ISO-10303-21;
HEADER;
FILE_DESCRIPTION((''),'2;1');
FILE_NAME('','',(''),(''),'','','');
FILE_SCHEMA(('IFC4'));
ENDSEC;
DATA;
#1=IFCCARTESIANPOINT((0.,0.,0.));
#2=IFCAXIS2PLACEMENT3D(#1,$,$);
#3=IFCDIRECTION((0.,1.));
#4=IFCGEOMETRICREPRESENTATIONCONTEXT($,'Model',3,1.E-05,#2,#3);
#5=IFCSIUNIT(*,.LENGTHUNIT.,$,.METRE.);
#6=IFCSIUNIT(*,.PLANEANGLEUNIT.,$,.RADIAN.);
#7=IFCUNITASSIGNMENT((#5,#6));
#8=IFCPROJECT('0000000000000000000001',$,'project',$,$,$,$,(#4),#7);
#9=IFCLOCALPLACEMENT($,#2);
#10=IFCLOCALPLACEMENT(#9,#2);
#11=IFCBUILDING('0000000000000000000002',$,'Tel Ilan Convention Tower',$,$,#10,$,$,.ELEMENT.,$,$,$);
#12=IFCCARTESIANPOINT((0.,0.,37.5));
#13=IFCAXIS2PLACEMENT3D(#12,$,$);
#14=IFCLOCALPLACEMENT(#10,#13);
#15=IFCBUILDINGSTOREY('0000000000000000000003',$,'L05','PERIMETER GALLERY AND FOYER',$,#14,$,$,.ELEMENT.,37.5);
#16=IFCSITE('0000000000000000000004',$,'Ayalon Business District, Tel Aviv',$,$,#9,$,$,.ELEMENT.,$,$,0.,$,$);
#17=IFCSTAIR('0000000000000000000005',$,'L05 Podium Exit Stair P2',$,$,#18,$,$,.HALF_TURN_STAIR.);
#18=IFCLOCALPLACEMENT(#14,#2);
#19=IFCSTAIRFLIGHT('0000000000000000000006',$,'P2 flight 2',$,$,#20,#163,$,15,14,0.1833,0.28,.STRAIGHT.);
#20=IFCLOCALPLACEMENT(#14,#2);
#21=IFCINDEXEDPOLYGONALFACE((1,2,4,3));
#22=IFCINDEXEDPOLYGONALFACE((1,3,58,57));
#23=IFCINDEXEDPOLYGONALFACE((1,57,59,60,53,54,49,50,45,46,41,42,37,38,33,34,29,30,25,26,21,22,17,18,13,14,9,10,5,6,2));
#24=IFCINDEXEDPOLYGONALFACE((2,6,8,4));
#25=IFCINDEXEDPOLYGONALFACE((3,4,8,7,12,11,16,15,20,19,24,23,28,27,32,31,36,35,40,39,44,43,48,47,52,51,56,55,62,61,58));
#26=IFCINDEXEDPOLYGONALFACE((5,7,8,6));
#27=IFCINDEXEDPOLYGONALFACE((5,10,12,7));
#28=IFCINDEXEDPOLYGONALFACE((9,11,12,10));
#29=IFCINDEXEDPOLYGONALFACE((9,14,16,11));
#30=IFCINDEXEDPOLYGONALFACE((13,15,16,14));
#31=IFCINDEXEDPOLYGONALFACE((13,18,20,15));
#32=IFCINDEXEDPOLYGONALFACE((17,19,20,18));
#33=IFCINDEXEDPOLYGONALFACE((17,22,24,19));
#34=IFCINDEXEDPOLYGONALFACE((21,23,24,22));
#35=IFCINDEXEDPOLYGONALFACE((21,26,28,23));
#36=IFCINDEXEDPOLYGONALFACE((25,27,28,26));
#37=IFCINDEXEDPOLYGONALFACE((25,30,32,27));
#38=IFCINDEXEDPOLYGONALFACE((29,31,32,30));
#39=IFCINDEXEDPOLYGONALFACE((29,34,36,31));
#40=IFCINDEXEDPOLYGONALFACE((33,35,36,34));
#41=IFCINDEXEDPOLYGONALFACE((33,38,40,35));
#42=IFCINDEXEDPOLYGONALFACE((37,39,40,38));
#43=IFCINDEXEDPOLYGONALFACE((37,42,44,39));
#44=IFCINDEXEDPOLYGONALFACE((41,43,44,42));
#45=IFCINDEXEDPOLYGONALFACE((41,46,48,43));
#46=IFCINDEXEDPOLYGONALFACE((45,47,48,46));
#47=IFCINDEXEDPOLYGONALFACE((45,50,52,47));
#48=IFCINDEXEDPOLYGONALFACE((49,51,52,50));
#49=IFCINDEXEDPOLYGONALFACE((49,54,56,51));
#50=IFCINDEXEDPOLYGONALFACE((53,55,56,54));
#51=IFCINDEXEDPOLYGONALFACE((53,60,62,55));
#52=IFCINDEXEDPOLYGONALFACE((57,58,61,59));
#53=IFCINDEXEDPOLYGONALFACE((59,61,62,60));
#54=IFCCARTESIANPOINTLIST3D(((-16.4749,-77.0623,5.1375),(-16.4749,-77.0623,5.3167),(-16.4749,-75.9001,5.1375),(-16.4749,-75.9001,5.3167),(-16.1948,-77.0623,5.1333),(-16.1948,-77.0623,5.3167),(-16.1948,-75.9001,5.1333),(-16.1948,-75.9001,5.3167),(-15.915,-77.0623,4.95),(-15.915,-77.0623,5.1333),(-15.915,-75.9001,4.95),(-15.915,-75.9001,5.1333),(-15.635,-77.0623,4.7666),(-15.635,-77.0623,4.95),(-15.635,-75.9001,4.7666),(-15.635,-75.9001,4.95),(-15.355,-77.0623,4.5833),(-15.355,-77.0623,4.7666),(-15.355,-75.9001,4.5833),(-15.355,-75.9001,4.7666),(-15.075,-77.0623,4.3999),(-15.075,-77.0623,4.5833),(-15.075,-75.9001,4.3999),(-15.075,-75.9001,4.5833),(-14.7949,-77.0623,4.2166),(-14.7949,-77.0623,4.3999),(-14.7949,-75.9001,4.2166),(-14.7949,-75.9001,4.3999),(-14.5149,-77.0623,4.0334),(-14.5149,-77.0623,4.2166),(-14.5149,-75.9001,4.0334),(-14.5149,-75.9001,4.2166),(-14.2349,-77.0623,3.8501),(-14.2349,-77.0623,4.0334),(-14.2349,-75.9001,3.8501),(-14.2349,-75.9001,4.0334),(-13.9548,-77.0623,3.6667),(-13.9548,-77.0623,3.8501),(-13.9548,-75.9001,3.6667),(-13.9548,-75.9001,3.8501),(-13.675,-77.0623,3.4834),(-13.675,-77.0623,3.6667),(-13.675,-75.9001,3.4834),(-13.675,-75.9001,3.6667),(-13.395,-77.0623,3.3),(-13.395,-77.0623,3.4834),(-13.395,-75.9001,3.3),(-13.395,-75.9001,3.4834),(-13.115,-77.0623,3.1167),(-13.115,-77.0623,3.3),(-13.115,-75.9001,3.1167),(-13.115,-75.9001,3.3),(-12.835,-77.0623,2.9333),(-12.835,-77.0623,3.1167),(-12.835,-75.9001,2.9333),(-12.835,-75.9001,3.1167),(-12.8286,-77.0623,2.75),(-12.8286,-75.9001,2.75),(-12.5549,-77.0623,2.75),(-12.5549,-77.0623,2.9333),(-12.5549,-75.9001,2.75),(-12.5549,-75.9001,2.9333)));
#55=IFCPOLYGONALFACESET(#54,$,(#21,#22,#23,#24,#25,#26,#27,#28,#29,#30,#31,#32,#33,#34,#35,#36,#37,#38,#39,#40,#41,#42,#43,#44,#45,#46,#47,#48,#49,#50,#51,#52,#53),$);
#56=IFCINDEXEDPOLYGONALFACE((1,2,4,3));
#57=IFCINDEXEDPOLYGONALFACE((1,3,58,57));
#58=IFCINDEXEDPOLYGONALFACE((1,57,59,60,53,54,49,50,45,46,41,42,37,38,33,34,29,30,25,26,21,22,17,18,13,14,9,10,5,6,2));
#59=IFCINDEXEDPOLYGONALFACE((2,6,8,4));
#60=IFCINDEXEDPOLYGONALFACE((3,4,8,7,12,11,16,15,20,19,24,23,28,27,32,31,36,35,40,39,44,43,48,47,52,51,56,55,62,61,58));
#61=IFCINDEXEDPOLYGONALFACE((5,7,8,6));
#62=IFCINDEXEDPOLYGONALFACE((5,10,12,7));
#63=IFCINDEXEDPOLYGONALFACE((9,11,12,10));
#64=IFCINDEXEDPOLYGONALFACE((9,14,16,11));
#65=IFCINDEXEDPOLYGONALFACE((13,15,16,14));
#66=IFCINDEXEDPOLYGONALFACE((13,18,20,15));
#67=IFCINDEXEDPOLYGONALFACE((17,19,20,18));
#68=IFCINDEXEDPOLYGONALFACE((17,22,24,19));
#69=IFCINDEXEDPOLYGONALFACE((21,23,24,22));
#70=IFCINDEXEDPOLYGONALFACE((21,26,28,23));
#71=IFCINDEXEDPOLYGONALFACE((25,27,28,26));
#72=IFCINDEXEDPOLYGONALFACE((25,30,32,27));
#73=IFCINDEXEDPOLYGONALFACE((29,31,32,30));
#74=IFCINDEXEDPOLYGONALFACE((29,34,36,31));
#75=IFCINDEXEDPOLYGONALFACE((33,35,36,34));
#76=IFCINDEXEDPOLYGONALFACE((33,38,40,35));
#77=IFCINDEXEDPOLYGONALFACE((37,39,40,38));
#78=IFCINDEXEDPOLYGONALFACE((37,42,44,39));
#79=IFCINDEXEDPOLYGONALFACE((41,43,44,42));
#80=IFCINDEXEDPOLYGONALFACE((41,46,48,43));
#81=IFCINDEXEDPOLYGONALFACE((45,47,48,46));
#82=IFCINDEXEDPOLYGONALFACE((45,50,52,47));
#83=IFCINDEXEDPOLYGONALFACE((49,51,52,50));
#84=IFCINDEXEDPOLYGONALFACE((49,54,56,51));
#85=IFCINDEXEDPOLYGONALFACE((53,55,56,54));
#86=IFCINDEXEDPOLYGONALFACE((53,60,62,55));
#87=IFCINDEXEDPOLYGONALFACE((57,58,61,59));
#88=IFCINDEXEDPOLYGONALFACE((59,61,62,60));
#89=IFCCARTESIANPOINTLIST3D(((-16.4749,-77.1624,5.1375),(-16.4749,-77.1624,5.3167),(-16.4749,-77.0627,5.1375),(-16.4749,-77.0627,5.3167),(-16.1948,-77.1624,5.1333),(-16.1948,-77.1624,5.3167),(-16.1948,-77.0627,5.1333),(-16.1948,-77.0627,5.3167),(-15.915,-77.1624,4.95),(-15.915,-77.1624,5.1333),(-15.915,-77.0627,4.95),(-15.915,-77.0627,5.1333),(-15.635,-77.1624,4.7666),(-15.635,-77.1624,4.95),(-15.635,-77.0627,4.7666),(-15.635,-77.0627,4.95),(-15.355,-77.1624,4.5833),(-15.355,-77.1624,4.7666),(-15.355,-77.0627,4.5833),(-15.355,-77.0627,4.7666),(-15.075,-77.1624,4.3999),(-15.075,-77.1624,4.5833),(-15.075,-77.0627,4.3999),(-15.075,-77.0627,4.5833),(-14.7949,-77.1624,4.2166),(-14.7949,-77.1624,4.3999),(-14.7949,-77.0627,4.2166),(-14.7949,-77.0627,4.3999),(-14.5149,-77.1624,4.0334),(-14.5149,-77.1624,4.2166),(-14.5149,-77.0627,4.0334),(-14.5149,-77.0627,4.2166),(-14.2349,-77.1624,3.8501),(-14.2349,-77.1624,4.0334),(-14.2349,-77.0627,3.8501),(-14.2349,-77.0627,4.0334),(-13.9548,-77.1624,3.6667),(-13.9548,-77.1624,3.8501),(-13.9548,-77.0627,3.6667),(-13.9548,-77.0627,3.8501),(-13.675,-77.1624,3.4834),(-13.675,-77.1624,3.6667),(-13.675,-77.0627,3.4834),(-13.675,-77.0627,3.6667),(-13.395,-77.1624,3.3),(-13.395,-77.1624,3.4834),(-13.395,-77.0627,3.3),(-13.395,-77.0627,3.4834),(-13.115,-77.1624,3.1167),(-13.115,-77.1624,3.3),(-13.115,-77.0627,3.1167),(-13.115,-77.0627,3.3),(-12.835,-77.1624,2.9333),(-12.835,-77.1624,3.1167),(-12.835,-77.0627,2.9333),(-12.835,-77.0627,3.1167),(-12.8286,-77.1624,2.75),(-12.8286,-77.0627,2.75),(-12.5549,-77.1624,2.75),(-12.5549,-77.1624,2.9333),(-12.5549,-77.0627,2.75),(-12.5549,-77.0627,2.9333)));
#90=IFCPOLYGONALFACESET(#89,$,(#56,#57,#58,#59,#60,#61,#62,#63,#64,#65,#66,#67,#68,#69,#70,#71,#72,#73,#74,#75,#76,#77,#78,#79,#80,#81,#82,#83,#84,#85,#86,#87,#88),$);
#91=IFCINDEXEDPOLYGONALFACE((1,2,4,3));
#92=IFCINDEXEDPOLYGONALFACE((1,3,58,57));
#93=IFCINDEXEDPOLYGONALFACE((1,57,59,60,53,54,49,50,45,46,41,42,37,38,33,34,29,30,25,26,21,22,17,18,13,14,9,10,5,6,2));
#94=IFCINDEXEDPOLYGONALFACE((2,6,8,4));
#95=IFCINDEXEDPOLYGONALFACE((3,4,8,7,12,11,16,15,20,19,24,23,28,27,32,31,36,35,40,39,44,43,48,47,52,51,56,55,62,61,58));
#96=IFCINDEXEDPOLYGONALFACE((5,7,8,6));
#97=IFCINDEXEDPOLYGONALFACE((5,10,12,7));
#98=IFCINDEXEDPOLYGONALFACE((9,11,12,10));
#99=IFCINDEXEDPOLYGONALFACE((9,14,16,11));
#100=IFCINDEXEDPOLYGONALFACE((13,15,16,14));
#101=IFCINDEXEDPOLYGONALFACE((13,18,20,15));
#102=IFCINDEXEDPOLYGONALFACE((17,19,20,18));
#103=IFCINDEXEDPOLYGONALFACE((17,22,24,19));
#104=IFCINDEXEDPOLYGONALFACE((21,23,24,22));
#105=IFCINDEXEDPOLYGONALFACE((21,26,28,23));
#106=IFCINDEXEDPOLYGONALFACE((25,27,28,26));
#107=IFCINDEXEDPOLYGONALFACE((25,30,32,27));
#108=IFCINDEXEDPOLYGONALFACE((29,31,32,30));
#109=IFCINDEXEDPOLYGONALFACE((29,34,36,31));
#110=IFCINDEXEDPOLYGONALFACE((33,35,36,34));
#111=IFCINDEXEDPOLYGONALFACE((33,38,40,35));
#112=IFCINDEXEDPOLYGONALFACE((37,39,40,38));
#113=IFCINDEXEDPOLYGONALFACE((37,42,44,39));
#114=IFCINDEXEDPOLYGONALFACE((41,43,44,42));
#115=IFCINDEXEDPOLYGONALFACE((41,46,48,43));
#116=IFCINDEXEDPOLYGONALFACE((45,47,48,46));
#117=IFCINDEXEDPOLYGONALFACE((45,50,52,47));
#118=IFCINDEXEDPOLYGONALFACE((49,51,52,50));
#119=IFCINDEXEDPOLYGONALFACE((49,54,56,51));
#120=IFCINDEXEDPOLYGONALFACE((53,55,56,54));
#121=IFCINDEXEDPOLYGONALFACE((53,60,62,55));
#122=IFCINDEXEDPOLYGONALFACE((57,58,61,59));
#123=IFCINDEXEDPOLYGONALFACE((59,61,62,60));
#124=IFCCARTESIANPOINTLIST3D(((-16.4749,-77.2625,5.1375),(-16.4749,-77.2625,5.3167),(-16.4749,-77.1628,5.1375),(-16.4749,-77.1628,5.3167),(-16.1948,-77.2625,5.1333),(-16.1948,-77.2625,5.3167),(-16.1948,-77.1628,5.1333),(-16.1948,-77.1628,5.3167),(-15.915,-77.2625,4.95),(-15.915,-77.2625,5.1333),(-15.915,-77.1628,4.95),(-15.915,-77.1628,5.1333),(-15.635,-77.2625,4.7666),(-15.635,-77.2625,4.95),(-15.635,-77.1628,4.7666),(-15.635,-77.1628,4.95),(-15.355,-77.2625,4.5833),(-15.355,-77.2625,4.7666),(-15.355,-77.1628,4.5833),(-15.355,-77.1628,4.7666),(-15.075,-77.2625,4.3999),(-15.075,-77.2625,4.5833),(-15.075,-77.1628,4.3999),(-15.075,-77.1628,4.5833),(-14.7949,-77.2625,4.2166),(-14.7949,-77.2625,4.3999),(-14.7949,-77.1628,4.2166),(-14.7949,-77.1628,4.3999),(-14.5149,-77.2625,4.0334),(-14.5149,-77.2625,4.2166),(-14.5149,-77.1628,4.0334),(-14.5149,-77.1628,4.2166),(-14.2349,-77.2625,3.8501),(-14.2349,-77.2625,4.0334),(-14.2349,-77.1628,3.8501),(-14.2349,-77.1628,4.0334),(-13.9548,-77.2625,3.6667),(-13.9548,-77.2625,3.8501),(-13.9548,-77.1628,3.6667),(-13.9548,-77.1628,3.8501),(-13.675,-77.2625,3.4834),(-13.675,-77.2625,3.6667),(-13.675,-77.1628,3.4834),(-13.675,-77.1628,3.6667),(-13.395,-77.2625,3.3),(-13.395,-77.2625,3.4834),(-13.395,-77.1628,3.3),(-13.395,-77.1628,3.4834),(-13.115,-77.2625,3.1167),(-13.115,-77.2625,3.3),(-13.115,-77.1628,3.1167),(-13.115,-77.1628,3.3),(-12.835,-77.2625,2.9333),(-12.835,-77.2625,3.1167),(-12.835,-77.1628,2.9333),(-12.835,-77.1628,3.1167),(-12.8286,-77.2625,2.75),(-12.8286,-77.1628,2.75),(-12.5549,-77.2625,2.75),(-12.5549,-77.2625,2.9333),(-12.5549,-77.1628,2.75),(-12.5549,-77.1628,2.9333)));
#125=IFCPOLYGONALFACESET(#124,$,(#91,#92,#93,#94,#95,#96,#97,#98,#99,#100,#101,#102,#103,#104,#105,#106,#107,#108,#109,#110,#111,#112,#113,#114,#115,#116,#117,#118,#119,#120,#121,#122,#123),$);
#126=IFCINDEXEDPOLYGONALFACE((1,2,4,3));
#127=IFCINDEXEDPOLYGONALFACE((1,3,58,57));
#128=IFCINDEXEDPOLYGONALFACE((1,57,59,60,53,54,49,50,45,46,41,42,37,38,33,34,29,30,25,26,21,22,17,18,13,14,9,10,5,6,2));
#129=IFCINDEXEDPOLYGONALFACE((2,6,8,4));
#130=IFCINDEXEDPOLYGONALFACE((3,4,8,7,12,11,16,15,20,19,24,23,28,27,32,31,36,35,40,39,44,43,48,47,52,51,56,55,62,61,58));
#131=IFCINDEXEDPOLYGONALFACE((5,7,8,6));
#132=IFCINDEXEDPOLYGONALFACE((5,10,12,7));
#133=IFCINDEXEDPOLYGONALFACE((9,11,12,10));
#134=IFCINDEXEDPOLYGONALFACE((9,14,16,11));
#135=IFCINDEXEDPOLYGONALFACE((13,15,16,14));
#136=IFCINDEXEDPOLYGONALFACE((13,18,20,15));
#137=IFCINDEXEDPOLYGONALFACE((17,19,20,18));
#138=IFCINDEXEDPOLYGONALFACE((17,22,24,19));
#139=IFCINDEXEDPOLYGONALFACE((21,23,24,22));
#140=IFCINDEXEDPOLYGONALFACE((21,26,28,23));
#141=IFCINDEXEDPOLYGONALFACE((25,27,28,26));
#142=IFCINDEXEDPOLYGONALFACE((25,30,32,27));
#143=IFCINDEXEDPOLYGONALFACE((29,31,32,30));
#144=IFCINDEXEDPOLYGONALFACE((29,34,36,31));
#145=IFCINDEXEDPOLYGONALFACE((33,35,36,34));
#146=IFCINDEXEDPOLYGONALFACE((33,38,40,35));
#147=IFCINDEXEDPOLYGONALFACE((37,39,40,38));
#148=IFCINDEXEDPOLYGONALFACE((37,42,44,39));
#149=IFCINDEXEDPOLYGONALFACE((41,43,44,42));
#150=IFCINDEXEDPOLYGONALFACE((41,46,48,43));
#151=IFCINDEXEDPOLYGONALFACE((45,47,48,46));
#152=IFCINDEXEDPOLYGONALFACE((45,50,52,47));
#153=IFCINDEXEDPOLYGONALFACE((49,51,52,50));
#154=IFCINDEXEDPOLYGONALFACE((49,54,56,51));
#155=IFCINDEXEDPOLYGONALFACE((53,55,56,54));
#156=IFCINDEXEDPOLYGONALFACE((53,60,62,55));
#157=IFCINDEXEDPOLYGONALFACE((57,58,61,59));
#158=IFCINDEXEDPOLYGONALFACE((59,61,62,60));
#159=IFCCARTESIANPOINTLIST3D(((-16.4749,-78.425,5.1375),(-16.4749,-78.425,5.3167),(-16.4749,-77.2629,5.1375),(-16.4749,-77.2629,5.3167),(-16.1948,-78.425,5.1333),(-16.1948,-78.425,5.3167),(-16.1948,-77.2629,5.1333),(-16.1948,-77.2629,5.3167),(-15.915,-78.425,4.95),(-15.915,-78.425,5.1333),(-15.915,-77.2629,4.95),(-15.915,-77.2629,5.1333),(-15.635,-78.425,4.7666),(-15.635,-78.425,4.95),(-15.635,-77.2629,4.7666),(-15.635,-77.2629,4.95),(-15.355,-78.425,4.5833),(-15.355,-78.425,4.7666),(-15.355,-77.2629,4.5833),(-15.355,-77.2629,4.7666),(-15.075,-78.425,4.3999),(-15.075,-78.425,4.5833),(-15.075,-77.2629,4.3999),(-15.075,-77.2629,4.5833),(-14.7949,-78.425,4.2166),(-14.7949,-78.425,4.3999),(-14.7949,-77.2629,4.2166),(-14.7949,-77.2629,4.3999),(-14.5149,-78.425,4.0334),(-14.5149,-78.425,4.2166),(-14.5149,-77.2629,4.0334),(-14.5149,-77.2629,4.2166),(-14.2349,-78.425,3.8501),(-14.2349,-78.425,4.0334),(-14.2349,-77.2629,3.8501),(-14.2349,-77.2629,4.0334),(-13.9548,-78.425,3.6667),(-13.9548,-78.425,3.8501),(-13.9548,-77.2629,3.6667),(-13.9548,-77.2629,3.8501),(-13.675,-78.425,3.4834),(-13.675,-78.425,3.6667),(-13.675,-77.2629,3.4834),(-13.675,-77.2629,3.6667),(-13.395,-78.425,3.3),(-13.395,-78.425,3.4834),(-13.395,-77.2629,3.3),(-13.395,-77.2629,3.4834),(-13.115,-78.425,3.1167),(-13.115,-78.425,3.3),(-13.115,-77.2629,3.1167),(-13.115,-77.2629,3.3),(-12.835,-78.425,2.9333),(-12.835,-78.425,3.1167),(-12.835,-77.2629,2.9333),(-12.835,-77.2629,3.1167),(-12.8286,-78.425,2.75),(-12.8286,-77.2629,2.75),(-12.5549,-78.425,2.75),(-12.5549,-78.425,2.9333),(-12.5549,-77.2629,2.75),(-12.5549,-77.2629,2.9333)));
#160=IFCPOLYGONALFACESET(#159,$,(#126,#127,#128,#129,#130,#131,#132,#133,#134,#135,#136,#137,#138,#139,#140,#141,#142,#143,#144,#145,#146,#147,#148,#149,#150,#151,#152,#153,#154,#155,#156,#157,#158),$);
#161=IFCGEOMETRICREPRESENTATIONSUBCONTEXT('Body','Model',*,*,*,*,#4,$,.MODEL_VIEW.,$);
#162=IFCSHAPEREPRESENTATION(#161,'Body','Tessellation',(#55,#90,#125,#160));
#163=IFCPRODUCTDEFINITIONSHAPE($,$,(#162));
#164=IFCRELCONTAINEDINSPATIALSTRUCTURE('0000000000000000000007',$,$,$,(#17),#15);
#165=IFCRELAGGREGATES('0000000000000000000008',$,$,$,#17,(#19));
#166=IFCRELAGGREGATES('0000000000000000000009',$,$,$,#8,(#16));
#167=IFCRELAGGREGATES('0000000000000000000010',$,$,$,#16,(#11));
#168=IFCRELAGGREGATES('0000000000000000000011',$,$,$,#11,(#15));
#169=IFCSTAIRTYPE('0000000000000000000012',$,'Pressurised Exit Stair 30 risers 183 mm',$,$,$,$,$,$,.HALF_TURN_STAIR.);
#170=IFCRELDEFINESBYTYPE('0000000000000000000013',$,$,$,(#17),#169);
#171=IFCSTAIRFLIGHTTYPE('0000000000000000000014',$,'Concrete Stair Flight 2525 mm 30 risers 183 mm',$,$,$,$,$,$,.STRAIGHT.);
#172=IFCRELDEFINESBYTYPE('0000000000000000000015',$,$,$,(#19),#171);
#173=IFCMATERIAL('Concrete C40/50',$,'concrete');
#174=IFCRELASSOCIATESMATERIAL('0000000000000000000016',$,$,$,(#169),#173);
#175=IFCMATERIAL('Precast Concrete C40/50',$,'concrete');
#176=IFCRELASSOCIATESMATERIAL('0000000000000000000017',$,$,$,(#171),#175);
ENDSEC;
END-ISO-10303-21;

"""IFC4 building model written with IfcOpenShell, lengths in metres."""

from ifc_helpers import new_model, si_unit, direction, frame, origin, place, context, subcontext, project, spatial, polyline, outline, extrude, material, type_object, element, aggregate, save


model = new_model("IFC4")

# Units and contexts
model_context = context("Model", 3, precision=1e-05, world=origin(), true_north=direction((0.0, 1.0)))
body_context = subcontext(model_context, "Body", "Model", "MODEL_VIEW")
ifc_project = project(units=[si_unit("LENGTHUNIT", "METRE"), si_unit("PLANEANGLEUNIT", "RADIAN")], contexts=[model_context])

# Site, building, storey
site_placement = place(None, origin())
site = spatial("IfcSite", under=ifc_project, at=site_placement, Name="Ayalon Business District, Tel Aviv", CompositionType="ELEMENT", RefElevation=0.0)
building_placement = place(site_placement, origin())
building = spatial("IfcBuilding", under=site, at=building_placement, Name="Tel Ilan Convention Tower", CompositionType="ELEMENT")
storey_placement = place(building_placement, frame((0.0, 0.0, 37.5)))
storey = spatial("IfcBuildingStorey", under=building, at=storey_placement, Name="L05", Description="PERIMETER GALLERY AND FOYER", CompositionType="ELEMENT", Elevation=37.5)

# Stair, stair flight
ifc_material_1 = material(Name="Concrete C40/50", Category="concrete")
stair_type = type_object("IfcStairType", Name="Pressurised Exit Stair 30 risers 183 mm", PredefinedType="HALF_TURN_STAIR", material=ifc_material_1)
stair_placement = place(storey_placement, origin())
stair = element("IfcStair", 1, at=stair_placement, inside=storey, type_object=stair_type, Name="L05 Podium Exit Stair P2", PredefinedType="HALF_TURN_STAIR")
ifc_material_2 = material(Name="Precast Concrete C40/50", Category="concrete")
stair_flight_type = type_object("IfcStairFlightType", Name="Concrete Stair Flight 2525 mm 30 risers 183 mm", PredefinedType="STRAIGHT", material=ifc_material_2)
stair_flight_1_placement = place(storey_placement, frame((-12.5549, -77.1626, 2.75), z_axis=(0.0, 0.0, 1.0), x_axis=(-1.0, 0.0, 0.0)))
stair_flight_1 = element("IfcStairFlight", 2, at=stair_flight_1_placement, type_object=stair_flight_type, Name="P2 flight 2", NumberOfRisers=15, NumberOfTreads=14, PredefinedType="STRAIGHT", RiserHeight=0.1833, TreadLength=0.28, context=body_context, shape_type="SweptSolid", body=[
    extrude(outline(polyline([(0.0, 0.0), (0.0, 0.1833), (0.28, 0.1833), (0.28, 0.3667), (0.5601, 0.3667), (0.5601, 0.55), (0.8401, 0.55), (0.8401, 0.7334), (1.1201, 0.7334), (1.1201, 0.9167), (1.3999, 0.9167), (1.3999, 1.1001), (1.6799, 1.1001), (1.6799, 1.2834), (1.96, 1.2834), (1.96, 1.4666), (2.24, 1.4666), (2.24, 1.6499), (2.52, 1.6499), (2.52, 1.8333), (2.8, 1.8333), (2.8, 2.0166), (3.0801, 2.0166), (3.0801, 2.2), (3.3601, 2.2), (3.3601, 2.3833), (3.6399, 2.3833), (3.6399, 2.5667), (3.9199, 2.5667), (3.9199, 2.75), (3.9199, 2.3875), (0.2737, 0.0), (0.0, 0.0)])), frame((0.0, -0.1003, 0.0), z_axis=(0.0, -1.0, 0.0), x_axis=(1.0, 0.0, 0.0)), (0.0, 0.0, 1.0), 1.1621),
    extrude(outline(polyline([(0.0, 0.0), (0.0, 0.1833), (0.28, 0.1833), (0.28, 0.3667), (0.5601, 0.3667), (0.5601, 0.55), (0.8401, 0.55), (0.8401, 0.7334), (1.1201, 0.7334), (1.1201, 0.9167), (1.3999, 0.9167), (1.3999, 1.1001), (1.6799, 1.1001), (1.6799, 1.2834), (1.96, 1.2834), (1.96, 1.4666), (2.24, 1.4666), (2.24, 1.6499), (2.52, 1.6499), (2.52, 1.8333), (2.8, 1.8333), (2.8, 2.0166), (3.0801, 2.0166), (3.0801, 2.2), (3.3601, 2.2), (3.3601, 2.3833), (3.6399, 2.3833), (3.6399, 2.5667), (3.9199, 2.5667), (3.9199, 2.75), (3.9199, 2.3875), (0.2737, 0.0), (0.0, 0.0)])), frame((0.0, -0.0002, 0.0), z_axis=(0.0, -1.0, 0.0), x_axis=(1.0, 0.0, 0.0)), (0.0, 0.0, 1.0), 0.0996),
    extrude(outline(polyline([(0.0, 0.0), (0.0, 0.1833), (0.28, 0.1833), (0.28, 0.3667), (0.5601, 0.3667), (0.5601, 0.55), (0.8401, 0.55), (0.8401, 0.7334), (1.1201, 0.7334), (1.1201, 0.9167), (1.3999, 0.9167), (1.3999, 1.1001), (1.6799, 1.1001), (1.6799, 1.2834), (1.96, 1.2834), (1.96, 1.4666), (2.24, 1.4666), (2.24, 1.6499), (2.52, 1.6499), (2.52, 1.8333), (2.8, 1.8333), (2.8, 2.0166), (3.0801, 2.0166), (3.0801, 2.2), (3.3601, 2.2), (3.3601, 2.3833), (3.6399, 2.3833), (3.6399, 2.5667), (3.9199, 2.5667), (3.9199, 2.75), (3.9199, 2.3875), (0.2737, 0.0), (0.0, 0.0)])), frame((0.0, 0.0999, 0.0), z_axis=(0.0, -1.0, 0.0), x_axis=(1.0, 0.0, 0.0)), (0.0, 0.0, 1.0), 0.0996),
    extrude(outline(polyline([(0.0, 0.0), (0.0, 0.1833), (0.28, 0.1833), (0.28, 0.3667), (0.5601, 0.3667), (0.5601, 0.55), (0.8401, 0.55), (0.8401, 0.7334), (1.1201, 0.7334), (1.1201, 0.9167), (1.3999, 0.9167), (1.3999, 1.1001), (1.6799, 1.1001), (1.6799, 1.2834), (1.96, 1.2834), (1.96, 1.4666), (2.24, 1.4666), (2.24, 1.6499), (2.52, 1.6499), (2.52, 1.8333), (2.8, 1.8333), (2.8, 2.0166), (3.0801, 2.0166), (3.0801, 2.2), (3.3601, 2.2), (3.3601, 2.3833), (3.6399, 2.3833), (3.6399, 2.5667), (3.9199, 2.5667), (3.9199, 2.75), (3.9199, 2.3875), (0.2737, 0.0), (0.0, 0.0)])), frame((0.0, 1.2625, 0.0), z_axis=(0.0, -1.0, 0.0), x_axis=(1.0, 0.0, 0.0)), (0.0, 0.0, 1.0), 1.1621),
])
aggregate(stair, [stair_flight_1])

save(model, "model.ifc")
